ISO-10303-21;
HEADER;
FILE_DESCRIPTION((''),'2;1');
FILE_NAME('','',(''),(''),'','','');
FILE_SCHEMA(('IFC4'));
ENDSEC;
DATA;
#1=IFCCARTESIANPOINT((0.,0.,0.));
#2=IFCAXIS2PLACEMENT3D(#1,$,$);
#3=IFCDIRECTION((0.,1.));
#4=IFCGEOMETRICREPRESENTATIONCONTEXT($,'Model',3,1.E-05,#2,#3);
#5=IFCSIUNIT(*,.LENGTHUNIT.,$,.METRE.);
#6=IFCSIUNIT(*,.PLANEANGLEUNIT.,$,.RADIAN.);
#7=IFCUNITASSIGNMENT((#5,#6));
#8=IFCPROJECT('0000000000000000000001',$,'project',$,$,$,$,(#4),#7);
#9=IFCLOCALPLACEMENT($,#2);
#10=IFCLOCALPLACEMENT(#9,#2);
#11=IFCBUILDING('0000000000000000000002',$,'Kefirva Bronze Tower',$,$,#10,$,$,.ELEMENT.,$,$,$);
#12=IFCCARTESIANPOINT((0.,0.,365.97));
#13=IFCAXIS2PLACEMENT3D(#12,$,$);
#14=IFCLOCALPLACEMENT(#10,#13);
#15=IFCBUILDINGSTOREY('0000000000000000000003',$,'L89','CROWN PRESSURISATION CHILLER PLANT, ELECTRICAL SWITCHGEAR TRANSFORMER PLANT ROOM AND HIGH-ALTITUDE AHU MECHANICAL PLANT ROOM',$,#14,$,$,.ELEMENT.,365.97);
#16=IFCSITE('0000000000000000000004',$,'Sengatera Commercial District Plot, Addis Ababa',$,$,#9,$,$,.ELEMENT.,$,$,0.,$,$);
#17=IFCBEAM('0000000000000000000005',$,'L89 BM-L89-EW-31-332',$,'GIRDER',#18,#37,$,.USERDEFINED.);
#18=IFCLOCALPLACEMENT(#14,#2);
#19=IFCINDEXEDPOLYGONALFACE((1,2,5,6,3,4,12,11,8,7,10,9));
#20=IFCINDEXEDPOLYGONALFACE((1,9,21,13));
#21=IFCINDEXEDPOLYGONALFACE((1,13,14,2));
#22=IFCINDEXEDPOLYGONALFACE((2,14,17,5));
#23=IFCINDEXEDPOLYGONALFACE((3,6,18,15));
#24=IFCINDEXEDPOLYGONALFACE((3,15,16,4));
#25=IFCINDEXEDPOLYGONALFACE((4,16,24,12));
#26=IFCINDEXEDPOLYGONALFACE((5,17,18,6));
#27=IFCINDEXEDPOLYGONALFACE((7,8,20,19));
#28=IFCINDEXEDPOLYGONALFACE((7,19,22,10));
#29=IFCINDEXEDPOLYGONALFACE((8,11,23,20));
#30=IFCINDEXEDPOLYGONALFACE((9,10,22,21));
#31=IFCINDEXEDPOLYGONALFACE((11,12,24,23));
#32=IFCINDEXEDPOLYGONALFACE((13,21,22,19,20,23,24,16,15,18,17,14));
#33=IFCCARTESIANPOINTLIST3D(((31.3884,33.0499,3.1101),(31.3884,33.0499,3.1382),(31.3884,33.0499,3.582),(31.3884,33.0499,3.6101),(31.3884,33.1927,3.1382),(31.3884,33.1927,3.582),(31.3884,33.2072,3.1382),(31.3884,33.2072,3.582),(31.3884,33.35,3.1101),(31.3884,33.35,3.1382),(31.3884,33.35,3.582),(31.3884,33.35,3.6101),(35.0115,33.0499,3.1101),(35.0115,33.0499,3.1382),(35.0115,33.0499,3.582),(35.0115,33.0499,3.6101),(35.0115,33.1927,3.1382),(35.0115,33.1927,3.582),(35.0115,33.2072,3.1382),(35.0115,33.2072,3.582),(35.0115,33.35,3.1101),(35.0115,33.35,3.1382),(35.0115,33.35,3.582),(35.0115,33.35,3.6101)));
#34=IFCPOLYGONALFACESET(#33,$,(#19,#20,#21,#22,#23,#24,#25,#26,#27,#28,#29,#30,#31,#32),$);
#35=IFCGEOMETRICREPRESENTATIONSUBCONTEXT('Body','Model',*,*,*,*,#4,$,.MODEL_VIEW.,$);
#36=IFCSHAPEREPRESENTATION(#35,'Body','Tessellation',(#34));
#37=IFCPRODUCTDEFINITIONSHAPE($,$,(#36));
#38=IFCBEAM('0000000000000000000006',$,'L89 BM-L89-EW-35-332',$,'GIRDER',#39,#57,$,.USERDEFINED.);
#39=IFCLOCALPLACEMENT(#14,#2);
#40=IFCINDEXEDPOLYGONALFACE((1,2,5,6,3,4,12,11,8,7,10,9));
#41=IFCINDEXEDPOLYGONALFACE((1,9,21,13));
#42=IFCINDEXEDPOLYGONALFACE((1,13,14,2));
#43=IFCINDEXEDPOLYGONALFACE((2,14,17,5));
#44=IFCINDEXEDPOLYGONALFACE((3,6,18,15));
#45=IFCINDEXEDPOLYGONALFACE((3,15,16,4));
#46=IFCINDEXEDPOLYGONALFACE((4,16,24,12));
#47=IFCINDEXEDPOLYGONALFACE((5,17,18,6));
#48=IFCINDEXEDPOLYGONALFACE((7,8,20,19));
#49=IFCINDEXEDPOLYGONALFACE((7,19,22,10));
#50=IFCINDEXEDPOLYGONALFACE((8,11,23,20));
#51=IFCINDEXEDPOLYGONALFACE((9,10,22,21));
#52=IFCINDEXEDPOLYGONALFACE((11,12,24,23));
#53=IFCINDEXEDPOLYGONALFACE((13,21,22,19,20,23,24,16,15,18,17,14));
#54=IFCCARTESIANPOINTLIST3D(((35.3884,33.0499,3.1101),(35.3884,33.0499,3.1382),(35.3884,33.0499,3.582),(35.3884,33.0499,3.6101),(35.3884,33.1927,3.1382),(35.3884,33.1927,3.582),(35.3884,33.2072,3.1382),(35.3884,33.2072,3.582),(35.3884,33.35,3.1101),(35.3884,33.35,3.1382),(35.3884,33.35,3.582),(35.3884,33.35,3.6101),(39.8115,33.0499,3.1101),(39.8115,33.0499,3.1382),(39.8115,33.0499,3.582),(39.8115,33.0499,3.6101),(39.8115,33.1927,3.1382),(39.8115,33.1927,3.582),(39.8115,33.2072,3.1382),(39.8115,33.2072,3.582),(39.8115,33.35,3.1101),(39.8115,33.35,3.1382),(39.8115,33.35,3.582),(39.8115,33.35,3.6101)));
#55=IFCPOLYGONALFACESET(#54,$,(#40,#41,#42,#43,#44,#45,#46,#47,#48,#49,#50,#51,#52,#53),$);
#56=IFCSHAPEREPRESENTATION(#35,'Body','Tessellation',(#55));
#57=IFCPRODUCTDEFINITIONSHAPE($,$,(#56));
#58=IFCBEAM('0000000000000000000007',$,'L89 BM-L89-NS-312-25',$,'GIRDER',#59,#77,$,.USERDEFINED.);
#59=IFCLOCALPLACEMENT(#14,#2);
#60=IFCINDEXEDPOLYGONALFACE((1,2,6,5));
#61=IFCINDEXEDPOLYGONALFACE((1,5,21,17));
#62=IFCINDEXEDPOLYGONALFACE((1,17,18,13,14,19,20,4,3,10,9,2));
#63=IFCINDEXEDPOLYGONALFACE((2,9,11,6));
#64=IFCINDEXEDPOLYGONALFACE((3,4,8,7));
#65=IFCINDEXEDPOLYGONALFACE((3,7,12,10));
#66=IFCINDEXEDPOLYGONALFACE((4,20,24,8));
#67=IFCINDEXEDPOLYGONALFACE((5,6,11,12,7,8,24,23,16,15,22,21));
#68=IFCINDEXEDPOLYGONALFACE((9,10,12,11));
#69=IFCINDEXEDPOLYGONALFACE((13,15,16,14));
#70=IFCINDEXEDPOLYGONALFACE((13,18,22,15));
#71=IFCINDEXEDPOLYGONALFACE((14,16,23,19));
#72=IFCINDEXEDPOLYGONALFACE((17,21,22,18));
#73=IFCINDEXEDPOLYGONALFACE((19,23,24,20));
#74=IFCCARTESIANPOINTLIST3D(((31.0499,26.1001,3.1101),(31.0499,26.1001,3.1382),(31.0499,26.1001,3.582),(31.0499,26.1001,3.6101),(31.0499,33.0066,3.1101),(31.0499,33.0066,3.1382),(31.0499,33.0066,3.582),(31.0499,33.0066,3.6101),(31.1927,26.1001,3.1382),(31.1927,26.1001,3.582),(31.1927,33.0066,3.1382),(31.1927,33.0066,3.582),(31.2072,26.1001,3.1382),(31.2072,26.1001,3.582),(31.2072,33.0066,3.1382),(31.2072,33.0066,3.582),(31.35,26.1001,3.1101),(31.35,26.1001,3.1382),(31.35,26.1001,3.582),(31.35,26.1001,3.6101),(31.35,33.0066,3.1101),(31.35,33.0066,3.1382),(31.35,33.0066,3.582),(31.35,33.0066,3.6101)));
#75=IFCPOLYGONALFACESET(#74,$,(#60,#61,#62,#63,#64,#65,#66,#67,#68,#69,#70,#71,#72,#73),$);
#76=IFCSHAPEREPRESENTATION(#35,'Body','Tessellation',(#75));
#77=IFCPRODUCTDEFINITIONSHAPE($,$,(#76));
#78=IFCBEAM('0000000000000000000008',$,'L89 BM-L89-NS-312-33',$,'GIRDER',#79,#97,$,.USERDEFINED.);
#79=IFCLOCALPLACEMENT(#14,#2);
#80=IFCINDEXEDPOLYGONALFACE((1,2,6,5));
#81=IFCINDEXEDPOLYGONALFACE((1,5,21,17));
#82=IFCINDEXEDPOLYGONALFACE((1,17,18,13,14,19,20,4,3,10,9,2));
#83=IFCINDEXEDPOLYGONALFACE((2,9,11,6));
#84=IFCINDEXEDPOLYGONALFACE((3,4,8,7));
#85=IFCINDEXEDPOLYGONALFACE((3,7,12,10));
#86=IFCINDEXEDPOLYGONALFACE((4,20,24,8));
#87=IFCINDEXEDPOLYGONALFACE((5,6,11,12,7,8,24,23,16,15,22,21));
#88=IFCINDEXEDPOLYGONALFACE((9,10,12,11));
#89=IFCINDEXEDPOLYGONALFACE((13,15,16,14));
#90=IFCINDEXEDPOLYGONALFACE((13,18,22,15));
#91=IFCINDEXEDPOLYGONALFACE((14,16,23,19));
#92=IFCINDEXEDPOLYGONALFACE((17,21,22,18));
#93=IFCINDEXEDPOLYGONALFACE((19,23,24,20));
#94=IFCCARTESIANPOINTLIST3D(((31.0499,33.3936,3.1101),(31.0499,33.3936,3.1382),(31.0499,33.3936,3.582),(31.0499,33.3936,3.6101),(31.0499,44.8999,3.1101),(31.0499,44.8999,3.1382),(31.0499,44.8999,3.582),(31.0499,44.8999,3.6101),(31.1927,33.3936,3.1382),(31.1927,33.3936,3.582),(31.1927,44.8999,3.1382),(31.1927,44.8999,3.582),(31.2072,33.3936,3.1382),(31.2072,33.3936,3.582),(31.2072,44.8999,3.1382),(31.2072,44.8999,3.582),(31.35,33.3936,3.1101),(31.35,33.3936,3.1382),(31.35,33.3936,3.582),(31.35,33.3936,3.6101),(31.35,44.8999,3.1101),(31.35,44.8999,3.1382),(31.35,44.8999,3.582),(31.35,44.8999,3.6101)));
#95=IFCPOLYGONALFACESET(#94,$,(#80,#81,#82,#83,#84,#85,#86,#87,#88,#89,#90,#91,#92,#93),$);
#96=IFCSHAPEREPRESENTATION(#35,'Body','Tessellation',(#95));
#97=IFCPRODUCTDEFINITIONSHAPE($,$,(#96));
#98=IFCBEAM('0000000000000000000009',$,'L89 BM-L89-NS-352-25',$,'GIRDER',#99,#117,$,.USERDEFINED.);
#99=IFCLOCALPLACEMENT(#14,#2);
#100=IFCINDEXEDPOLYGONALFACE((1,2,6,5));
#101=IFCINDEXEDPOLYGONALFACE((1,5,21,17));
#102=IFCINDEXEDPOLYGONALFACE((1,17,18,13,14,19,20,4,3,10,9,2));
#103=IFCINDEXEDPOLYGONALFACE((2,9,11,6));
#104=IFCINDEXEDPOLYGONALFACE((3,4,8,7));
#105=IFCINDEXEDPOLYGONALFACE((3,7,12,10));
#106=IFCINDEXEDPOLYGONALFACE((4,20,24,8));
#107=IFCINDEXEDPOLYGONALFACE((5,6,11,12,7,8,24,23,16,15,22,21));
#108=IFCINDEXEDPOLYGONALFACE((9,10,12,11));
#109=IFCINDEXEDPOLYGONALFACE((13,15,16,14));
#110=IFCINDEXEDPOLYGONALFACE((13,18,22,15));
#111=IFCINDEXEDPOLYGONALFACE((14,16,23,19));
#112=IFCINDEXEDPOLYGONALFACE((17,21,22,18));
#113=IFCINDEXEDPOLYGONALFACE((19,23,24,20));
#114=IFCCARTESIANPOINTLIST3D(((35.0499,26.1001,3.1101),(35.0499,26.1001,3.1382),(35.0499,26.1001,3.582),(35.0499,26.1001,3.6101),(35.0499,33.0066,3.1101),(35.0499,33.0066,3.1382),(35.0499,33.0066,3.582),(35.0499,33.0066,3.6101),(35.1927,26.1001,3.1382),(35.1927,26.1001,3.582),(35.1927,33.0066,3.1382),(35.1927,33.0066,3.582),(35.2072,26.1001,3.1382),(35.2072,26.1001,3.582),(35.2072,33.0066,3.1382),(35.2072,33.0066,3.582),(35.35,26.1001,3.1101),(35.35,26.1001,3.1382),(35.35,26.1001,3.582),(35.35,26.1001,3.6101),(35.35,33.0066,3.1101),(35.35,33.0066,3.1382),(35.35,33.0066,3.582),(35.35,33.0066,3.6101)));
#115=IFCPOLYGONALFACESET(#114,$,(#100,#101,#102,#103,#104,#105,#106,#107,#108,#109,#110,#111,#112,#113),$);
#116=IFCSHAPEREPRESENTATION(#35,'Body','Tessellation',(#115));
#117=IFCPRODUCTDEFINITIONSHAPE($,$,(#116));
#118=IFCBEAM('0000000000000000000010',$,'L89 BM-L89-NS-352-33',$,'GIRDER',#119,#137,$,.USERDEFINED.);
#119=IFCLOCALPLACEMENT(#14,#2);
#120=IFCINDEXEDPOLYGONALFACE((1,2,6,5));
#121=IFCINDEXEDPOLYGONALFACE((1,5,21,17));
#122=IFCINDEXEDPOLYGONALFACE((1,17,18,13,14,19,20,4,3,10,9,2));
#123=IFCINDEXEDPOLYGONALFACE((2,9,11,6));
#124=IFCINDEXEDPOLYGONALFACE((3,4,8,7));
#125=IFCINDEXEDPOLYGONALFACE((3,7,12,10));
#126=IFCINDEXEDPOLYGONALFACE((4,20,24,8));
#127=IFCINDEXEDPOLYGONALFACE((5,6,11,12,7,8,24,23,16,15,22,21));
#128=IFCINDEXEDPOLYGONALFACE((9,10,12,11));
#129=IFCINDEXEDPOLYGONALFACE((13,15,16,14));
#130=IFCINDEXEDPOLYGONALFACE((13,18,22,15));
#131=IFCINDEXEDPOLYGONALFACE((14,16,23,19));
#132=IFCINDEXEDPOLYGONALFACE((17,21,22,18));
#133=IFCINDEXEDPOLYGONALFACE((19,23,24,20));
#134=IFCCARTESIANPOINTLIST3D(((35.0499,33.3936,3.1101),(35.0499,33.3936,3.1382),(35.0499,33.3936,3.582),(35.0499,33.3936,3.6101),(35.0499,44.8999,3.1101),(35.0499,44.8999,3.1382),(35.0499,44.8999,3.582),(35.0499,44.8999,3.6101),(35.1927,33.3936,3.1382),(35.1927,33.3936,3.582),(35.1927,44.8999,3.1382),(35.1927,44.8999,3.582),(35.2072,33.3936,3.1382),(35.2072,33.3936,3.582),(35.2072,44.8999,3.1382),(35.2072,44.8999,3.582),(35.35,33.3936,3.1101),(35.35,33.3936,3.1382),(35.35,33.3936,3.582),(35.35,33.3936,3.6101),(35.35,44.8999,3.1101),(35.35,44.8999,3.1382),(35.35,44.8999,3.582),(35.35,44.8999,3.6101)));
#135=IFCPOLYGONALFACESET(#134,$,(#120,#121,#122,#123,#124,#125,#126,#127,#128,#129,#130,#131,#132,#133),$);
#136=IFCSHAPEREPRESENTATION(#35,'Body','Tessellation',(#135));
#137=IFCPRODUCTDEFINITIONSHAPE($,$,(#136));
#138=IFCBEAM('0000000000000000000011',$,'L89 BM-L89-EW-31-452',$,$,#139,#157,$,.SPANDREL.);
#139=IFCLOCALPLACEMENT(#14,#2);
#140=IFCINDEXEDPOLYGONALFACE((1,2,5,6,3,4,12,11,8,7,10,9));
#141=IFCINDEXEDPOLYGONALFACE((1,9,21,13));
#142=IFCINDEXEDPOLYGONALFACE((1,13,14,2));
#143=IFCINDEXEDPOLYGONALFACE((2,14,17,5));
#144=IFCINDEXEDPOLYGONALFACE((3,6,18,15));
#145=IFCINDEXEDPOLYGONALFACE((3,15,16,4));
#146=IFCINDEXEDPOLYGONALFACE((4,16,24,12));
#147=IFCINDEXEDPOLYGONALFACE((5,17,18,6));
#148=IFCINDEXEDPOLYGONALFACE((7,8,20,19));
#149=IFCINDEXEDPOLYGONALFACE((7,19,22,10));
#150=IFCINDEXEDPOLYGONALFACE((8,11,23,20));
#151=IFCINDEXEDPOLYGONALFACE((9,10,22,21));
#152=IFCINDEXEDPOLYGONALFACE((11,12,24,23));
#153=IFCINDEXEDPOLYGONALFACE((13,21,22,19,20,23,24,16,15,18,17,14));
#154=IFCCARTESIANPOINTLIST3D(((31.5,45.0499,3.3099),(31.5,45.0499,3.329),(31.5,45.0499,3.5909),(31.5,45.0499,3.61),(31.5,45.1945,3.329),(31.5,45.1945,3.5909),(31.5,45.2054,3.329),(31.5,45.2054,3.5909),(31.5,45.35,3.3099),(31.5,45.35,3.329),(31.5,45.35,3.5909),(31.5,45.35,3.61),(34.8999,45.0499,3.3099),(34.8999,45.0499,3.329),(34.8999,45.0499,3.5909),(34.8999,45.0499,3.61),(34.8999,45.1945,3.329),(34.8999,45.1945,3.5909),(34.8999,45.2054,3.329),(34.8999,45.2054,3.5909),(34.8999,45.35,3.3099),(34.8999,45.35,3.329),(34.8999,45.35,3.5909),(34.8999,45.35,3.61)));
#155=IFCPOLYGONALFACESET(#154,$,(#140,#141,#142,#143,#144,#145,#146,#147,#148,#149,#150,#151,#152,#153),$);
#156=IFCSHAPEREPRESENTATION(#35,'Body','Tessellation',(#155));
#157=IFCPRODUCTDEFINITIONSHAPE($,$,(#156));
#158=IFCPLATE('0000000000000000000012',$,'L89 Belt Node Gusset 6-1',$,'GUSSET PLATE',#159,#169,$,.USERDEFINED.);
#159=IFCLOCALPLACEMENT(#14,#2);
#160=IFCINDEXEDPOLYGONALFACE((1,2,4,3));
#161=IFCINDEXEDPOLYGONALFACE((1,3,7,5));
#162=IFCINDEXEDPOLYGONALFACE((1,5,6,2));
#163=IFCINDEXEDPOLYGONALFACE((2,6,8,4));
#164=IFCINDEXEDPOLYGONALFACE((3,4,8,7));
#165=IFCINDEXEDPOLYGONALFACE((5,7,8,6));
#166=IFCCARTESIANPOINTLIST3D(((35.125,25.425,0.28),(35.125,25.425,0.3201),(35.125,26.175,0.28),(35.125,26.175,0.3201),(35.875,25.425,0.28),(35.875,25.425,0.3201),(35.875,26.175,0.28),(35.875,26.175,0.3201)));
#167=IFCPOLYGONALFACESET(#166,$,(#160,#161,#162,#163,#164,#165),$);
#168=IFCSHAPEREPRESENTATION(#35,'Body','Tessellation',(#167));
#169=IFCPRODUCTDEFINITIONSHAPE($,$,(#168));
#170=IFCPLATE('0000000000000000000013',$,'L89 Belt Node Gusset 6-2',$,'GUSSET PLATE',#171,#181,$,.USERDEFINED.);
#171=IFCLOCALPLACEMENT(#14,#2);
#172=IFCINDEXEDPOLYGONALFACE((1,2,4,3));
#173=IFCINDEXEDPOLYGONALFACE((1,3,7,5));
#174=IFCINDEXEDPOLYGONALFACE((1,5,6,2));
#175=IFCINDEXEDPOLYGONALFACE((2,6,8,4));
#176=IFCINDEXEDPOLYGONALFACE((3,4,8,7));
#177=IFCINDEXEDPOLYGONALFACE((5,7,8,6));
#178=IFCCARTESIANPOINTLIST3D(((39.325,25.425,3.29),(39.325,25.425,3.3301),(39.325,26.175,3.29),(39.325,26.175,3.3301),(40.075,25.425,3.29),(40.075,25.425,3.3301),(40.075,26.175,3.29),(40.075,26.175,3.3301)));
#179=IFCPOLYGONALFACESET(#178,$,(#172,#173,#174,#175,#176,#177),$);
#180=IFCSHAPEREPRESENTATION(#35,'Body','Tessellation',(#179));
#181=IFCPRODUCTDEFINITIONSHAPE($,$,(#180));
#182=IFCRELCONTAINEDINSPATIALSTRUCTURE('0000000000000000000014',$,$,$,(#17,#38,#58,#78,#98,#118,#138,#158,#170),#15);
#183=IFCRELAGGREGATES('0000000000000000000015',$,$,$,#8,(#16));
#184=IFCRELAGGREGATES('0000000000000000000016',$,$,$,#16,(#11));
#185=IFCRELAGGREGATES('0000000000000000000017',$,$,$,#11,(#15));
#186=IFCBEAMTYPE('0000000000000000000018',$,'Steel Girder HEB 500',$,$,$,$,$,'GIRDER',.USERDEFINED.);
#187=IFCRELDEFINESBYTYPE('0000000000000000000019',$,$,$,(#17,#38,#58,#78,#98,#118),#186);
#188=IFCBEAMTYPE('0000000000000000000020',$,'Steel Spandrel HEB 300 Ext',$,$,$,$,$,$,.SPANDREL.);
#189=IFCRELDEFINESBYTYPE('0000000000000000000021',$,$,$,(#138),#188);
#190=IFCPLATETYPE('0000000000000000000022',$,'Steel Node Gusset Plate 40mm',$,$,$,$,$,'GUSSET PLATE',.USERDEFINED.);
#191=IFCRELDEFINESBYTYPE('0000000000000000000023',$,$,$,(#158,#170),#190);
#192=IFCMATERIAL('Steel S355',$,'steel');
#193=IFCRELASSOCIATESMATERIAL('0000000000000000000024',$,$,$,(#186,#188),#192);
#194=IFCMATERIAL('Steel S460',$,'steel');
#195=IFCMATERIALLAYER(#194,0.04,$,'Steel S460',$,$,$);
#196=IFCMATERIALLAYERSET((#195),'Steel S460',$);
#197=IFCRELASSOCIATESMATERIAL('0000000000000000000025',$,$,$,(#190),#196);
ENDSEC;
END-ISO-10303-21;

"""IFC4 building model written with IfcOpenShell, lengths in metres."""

from ifc_helpers import new_model, si_unit, direction, frame, origin, origin_2d, place, context, subcontext, project, spatial, rectangle, i_section, extrude, material, layer, layer_set, material_profile, profile_set, type_object, element, save


model = new_model("IFC4")

# Units and contexts
model_context = context("Model", 3, precision=1e-05, world=origin(), true_north=direction((0.0, 1.0)))
body_context = subcontext(model_context, "Body", "Model", "MODEL_VIEW")
ifc_project = project(units=[si_unit("LENGTHUNIT", "METRE"), si_unit("PLANEANGLEUNIT", "RADIAN")], contexts=[model_context])

# Site, building, storey
site_placement = place(None, origin())
site = spatial("IfcSite", under=ifc_project, at=site_placement, Name="Sengatera Commercial District Plot, Addis Ababa", CompositionType="ELEMENT", RefElevation=0.0)
building_placement = place(site_placement, origin())
building = spatial("IfcBuilding", under=site, at=building_placement, Name="Kefirva Bronze Tower", CompositionType="ELEMENT")
storey_placement = place(building_placement, frame((0.0, 0.0, 365.97)))
storey = spatial("IfcBuildingStorey", under=building, at=storey_placement, Name="L89", Description="CROWN PRESSURISATION CHILLER PLANT, ELECTRICAL SWITCHGEAR TRANSFORMER PLANT ROOM AND HIGH-ALTITUDE AHU MECHANICAL PLANT ROOM", CompositionType="ELEMENT", Elevation=365.97)

# Shared definitions
ifc_material_1 = material(Name="Steel S460", Category="steel")

# Beams
ifc_material_2 = material(Name="Steel S355", Category="steel")
ifc_material_profile_1 = material_profile(ifc_material_2, i_section(OverallWidth=0.3, OverallDepth=0.5, WebThickness=0.0144, FlangeThickness=0.0281, at=origin_2d()), Name="HEB 500")
ifc_profile_set_1 = profile_set([ifc_material_profile_1], Name="Steel S355")
beam_type_1 = type_object("IfcBeamType", Name="Steel Girder HEB 500", ElementType="GIRDER", PredefinedType="USERDEFINED", material=ifc_profile_set_1)
beam_1_placement = place(storey_placement, frame((31.3884, 33.2, 3.3601), z_axis=(1.0, 0.0, 0.0), x_axis=(0.0, 1.0, 0.0)))
element("IfcBeam", 1, at=beam_1_placement, inside=storey, type_object=beam_type_1, Name="L89 BM-L89-EW-31-332", ObjectType="GIRDER", PredefinedType="USERDEFINED", context=body_context, shape_type="SweptSolid", body=[
    extrude(i_section(OverallWidth=0.3, OverallDepth=0.5, WebThickness=0.0144, FlangeThickness=0.0281, at=origin_2d()), origin(), (0.0, 0.0, 1.0), 3.623),
])
beam_2_placement = place(storey_placement, frame((35.3884, 33.2, 3.3601), z_axis=(1.0, 0.0, 0.0), x_axis=(0.0, 1.0, 0.0)))
element("IfcBeam", 2, at=beam_2_placement, inside=storey, type_object=beam_type_1, Name="L89 BM-L89-EW-35-332", ObjectType="GIRDER", PredefinedType="USERDEFINED", context=body_context, shape_type="SweptSolid", body=[
    extrude(i_section(OverallWidth=0.3, OverallDepth=0.5, WebThickness=0.0144, FlangeThickness=0.0281, at=origin_2d()), origin(), (0.0, 0.0, 1.0), 4.4231),
])
beam_3_placement = place(storey_placement, frame((31.2, 26.1001, 3.3601), z_axis=(0.0, 1.0, 0.0), x_axis=(-1.0, 0.0, 0.0)))
element("IfcBeam", 3, at=beam_3_placement, inside=storey, type_object=beam_type_1, Name="L89 BM-L89-NS-312-25", ObjectType="GIRDER", PredefinedType="USERDEFINED", context=body_context, shape_type="SweptSolid", body=[
    extrude(i_section(OverallWidth=0.3, OverallDepth=0.5, WebThickness=0.0144, FlangeThickness=0.0281, at=origin_2d()), origin(), (0.0, 0.0, 1.0), 6.9065),
])
beam_4_placement = place(storey_placement, frame((31.2, 33.3936, 3.3601), z_axis=(0.0, 1.0, 0.0), x_axis=(-1.0, 0.0, 0.0)))
element("IfcBeam", 4, at=beam_4_placement, inside=storey, type_object=beam_type_1, Name="L89 BM-L89-NS-312-33", ObjectType="GIRDER", PredefinedType="USERDEFINED", context=body_context, shape_type="SweptSolid", body=[
    extrude(i_section(OverallWidth=0.3, OverallDepth=0.5, WebThickness=0.0144, FlangeThickness=0.0281, at=origin_2d()), origin(), (0.0, 0.0, 1.0), 11.5063),
])
beam_5_placement = place(storey_placement, frame((35.2, 26.1001, 3.3601), z_axis=(0.0, 1.0, 0.0), x_axis=(-1.0, 0.0, 0.0)))
element("IfcBeam", 5, at=beam_5_placement, inside=storey, type_object=beam_type_1, Name="L89 BM-L89-NS-352-25", ObjectType="GIRDER", PredefinedType="USERDEFINED", context=body_context, shape_type="SweptSolid", body=[
    extrude(i_section(OverallWidth=0.3, OverallDepth=0.5, WebThickness=0.0144, FlangeThickness=0.0281, at=origin_2d()), origin(), (0.0, 0.0, 1.0), 6.9065),
])
beam_6_placement = place(storey_placement, frame((35.2, 33.3936, 3.3601), z_axis=(0.0, 1.0, 0.0), x_axis=(-1.0, 0.0, 0.0)))
element("IfcBeam", 6, at=beam_6_placement, inside=storey, type_object=beam_type_1, Name="L89 BM-L89-NS-352-33", ObjectType="GIRDER", PredefinedType="USERDEFINED", context=body_context, shape_type="SweptSolid", body=[
    extrude(i_section(OverallWidth=0.3, OverallDepth=0.5, WebThickness=0.0144, FlangeThickness=0.0281, at=origin_2d()), origin(), (0.0, 0.0, 1.0), 11.5063),
])
ifc_material_profile_2 = material_profile(ifc_material_2, i_section(OverallWidth=0.3, OverallDepth=0.3, WebThickness=0.011, FlangeThickness=0.019, at=origin_2d()), Name="HEB 300")
ifc_profile_set_2 = profile_set([ifc_material_profile_2], Name="Steel S355")
beam_type_2 = type_object("IfcBeamType", Name="Steel Spandrel HEB 300 Ext", PredefinedType="SPANDREL", material=ifc_profile_set_2)
beam_7_placement = place(storey_placement, frame((31.5, 45.2, 3.46), z_axis=(1.0, 0.0, 0.0), x_axis=(0.0, 1.0, 0.0)))
element("IfcBeam", 7, at=beam_7_placement, inside=storey, type_object=beam_type_2, Name="L89 BM-L89-EW-31-452", PredefinedType="SPANDREL", context=body_context, shape_type="SweptSolid", body=[
    extrude(i_section(OverallWidth=0.3, OverallDepth=0.3, WebThickness=0.011, FlangeThickness=0.019, at=origin_2d()), origin(), (0.0, 0.0, 1.0), 3.3999),
])

# Plates
ifc_layer_1 = layer(ifc_material_1, 0.04, Name="Steel S460")
ifc_layer_set_1 = layer_set([ifc_layer_1], Name="Steel S460")
plate_type = type_object("IfcPlateType", Name="Steel Node Gusset Plate 40mm", ElementType="GUSSET PLATE", PredefinedType="USERDEFINED", material=ifc_layer_set_1)
for number, where, z_axis, x_axis, name in (
    (8, (35.5, 25.8, 0.28), (0.0, 0.0, 1.0), (1.0, 0.0, 0.0), "L89 Belt Node Gusset 6-1"),
    (9, (39.7, 25.8, 3.29), (0.0, 0.0, 1.0), (1.0, 0.0, 0.0), "L89 Belt Node Gusset 6-2"),
):
    element("IfcPlate", number, at=place(storey_placement, frame(where, z_axis=z_axis, x_axis=x_axis)), inside=storey, type_object=plate_type, Name=name, ObjectType="GUSSET PLATE", PredefinedType="USERDEFINED", context=body_context, shape_type="SweptSolid", body=[
        extrude(rectangle(XDim=0.75, YDim=0.75, at=origin_2d()), origin(), (0.0, 0.0, 1.0), 0.04),
    ])

save(model, "model.ifc")
